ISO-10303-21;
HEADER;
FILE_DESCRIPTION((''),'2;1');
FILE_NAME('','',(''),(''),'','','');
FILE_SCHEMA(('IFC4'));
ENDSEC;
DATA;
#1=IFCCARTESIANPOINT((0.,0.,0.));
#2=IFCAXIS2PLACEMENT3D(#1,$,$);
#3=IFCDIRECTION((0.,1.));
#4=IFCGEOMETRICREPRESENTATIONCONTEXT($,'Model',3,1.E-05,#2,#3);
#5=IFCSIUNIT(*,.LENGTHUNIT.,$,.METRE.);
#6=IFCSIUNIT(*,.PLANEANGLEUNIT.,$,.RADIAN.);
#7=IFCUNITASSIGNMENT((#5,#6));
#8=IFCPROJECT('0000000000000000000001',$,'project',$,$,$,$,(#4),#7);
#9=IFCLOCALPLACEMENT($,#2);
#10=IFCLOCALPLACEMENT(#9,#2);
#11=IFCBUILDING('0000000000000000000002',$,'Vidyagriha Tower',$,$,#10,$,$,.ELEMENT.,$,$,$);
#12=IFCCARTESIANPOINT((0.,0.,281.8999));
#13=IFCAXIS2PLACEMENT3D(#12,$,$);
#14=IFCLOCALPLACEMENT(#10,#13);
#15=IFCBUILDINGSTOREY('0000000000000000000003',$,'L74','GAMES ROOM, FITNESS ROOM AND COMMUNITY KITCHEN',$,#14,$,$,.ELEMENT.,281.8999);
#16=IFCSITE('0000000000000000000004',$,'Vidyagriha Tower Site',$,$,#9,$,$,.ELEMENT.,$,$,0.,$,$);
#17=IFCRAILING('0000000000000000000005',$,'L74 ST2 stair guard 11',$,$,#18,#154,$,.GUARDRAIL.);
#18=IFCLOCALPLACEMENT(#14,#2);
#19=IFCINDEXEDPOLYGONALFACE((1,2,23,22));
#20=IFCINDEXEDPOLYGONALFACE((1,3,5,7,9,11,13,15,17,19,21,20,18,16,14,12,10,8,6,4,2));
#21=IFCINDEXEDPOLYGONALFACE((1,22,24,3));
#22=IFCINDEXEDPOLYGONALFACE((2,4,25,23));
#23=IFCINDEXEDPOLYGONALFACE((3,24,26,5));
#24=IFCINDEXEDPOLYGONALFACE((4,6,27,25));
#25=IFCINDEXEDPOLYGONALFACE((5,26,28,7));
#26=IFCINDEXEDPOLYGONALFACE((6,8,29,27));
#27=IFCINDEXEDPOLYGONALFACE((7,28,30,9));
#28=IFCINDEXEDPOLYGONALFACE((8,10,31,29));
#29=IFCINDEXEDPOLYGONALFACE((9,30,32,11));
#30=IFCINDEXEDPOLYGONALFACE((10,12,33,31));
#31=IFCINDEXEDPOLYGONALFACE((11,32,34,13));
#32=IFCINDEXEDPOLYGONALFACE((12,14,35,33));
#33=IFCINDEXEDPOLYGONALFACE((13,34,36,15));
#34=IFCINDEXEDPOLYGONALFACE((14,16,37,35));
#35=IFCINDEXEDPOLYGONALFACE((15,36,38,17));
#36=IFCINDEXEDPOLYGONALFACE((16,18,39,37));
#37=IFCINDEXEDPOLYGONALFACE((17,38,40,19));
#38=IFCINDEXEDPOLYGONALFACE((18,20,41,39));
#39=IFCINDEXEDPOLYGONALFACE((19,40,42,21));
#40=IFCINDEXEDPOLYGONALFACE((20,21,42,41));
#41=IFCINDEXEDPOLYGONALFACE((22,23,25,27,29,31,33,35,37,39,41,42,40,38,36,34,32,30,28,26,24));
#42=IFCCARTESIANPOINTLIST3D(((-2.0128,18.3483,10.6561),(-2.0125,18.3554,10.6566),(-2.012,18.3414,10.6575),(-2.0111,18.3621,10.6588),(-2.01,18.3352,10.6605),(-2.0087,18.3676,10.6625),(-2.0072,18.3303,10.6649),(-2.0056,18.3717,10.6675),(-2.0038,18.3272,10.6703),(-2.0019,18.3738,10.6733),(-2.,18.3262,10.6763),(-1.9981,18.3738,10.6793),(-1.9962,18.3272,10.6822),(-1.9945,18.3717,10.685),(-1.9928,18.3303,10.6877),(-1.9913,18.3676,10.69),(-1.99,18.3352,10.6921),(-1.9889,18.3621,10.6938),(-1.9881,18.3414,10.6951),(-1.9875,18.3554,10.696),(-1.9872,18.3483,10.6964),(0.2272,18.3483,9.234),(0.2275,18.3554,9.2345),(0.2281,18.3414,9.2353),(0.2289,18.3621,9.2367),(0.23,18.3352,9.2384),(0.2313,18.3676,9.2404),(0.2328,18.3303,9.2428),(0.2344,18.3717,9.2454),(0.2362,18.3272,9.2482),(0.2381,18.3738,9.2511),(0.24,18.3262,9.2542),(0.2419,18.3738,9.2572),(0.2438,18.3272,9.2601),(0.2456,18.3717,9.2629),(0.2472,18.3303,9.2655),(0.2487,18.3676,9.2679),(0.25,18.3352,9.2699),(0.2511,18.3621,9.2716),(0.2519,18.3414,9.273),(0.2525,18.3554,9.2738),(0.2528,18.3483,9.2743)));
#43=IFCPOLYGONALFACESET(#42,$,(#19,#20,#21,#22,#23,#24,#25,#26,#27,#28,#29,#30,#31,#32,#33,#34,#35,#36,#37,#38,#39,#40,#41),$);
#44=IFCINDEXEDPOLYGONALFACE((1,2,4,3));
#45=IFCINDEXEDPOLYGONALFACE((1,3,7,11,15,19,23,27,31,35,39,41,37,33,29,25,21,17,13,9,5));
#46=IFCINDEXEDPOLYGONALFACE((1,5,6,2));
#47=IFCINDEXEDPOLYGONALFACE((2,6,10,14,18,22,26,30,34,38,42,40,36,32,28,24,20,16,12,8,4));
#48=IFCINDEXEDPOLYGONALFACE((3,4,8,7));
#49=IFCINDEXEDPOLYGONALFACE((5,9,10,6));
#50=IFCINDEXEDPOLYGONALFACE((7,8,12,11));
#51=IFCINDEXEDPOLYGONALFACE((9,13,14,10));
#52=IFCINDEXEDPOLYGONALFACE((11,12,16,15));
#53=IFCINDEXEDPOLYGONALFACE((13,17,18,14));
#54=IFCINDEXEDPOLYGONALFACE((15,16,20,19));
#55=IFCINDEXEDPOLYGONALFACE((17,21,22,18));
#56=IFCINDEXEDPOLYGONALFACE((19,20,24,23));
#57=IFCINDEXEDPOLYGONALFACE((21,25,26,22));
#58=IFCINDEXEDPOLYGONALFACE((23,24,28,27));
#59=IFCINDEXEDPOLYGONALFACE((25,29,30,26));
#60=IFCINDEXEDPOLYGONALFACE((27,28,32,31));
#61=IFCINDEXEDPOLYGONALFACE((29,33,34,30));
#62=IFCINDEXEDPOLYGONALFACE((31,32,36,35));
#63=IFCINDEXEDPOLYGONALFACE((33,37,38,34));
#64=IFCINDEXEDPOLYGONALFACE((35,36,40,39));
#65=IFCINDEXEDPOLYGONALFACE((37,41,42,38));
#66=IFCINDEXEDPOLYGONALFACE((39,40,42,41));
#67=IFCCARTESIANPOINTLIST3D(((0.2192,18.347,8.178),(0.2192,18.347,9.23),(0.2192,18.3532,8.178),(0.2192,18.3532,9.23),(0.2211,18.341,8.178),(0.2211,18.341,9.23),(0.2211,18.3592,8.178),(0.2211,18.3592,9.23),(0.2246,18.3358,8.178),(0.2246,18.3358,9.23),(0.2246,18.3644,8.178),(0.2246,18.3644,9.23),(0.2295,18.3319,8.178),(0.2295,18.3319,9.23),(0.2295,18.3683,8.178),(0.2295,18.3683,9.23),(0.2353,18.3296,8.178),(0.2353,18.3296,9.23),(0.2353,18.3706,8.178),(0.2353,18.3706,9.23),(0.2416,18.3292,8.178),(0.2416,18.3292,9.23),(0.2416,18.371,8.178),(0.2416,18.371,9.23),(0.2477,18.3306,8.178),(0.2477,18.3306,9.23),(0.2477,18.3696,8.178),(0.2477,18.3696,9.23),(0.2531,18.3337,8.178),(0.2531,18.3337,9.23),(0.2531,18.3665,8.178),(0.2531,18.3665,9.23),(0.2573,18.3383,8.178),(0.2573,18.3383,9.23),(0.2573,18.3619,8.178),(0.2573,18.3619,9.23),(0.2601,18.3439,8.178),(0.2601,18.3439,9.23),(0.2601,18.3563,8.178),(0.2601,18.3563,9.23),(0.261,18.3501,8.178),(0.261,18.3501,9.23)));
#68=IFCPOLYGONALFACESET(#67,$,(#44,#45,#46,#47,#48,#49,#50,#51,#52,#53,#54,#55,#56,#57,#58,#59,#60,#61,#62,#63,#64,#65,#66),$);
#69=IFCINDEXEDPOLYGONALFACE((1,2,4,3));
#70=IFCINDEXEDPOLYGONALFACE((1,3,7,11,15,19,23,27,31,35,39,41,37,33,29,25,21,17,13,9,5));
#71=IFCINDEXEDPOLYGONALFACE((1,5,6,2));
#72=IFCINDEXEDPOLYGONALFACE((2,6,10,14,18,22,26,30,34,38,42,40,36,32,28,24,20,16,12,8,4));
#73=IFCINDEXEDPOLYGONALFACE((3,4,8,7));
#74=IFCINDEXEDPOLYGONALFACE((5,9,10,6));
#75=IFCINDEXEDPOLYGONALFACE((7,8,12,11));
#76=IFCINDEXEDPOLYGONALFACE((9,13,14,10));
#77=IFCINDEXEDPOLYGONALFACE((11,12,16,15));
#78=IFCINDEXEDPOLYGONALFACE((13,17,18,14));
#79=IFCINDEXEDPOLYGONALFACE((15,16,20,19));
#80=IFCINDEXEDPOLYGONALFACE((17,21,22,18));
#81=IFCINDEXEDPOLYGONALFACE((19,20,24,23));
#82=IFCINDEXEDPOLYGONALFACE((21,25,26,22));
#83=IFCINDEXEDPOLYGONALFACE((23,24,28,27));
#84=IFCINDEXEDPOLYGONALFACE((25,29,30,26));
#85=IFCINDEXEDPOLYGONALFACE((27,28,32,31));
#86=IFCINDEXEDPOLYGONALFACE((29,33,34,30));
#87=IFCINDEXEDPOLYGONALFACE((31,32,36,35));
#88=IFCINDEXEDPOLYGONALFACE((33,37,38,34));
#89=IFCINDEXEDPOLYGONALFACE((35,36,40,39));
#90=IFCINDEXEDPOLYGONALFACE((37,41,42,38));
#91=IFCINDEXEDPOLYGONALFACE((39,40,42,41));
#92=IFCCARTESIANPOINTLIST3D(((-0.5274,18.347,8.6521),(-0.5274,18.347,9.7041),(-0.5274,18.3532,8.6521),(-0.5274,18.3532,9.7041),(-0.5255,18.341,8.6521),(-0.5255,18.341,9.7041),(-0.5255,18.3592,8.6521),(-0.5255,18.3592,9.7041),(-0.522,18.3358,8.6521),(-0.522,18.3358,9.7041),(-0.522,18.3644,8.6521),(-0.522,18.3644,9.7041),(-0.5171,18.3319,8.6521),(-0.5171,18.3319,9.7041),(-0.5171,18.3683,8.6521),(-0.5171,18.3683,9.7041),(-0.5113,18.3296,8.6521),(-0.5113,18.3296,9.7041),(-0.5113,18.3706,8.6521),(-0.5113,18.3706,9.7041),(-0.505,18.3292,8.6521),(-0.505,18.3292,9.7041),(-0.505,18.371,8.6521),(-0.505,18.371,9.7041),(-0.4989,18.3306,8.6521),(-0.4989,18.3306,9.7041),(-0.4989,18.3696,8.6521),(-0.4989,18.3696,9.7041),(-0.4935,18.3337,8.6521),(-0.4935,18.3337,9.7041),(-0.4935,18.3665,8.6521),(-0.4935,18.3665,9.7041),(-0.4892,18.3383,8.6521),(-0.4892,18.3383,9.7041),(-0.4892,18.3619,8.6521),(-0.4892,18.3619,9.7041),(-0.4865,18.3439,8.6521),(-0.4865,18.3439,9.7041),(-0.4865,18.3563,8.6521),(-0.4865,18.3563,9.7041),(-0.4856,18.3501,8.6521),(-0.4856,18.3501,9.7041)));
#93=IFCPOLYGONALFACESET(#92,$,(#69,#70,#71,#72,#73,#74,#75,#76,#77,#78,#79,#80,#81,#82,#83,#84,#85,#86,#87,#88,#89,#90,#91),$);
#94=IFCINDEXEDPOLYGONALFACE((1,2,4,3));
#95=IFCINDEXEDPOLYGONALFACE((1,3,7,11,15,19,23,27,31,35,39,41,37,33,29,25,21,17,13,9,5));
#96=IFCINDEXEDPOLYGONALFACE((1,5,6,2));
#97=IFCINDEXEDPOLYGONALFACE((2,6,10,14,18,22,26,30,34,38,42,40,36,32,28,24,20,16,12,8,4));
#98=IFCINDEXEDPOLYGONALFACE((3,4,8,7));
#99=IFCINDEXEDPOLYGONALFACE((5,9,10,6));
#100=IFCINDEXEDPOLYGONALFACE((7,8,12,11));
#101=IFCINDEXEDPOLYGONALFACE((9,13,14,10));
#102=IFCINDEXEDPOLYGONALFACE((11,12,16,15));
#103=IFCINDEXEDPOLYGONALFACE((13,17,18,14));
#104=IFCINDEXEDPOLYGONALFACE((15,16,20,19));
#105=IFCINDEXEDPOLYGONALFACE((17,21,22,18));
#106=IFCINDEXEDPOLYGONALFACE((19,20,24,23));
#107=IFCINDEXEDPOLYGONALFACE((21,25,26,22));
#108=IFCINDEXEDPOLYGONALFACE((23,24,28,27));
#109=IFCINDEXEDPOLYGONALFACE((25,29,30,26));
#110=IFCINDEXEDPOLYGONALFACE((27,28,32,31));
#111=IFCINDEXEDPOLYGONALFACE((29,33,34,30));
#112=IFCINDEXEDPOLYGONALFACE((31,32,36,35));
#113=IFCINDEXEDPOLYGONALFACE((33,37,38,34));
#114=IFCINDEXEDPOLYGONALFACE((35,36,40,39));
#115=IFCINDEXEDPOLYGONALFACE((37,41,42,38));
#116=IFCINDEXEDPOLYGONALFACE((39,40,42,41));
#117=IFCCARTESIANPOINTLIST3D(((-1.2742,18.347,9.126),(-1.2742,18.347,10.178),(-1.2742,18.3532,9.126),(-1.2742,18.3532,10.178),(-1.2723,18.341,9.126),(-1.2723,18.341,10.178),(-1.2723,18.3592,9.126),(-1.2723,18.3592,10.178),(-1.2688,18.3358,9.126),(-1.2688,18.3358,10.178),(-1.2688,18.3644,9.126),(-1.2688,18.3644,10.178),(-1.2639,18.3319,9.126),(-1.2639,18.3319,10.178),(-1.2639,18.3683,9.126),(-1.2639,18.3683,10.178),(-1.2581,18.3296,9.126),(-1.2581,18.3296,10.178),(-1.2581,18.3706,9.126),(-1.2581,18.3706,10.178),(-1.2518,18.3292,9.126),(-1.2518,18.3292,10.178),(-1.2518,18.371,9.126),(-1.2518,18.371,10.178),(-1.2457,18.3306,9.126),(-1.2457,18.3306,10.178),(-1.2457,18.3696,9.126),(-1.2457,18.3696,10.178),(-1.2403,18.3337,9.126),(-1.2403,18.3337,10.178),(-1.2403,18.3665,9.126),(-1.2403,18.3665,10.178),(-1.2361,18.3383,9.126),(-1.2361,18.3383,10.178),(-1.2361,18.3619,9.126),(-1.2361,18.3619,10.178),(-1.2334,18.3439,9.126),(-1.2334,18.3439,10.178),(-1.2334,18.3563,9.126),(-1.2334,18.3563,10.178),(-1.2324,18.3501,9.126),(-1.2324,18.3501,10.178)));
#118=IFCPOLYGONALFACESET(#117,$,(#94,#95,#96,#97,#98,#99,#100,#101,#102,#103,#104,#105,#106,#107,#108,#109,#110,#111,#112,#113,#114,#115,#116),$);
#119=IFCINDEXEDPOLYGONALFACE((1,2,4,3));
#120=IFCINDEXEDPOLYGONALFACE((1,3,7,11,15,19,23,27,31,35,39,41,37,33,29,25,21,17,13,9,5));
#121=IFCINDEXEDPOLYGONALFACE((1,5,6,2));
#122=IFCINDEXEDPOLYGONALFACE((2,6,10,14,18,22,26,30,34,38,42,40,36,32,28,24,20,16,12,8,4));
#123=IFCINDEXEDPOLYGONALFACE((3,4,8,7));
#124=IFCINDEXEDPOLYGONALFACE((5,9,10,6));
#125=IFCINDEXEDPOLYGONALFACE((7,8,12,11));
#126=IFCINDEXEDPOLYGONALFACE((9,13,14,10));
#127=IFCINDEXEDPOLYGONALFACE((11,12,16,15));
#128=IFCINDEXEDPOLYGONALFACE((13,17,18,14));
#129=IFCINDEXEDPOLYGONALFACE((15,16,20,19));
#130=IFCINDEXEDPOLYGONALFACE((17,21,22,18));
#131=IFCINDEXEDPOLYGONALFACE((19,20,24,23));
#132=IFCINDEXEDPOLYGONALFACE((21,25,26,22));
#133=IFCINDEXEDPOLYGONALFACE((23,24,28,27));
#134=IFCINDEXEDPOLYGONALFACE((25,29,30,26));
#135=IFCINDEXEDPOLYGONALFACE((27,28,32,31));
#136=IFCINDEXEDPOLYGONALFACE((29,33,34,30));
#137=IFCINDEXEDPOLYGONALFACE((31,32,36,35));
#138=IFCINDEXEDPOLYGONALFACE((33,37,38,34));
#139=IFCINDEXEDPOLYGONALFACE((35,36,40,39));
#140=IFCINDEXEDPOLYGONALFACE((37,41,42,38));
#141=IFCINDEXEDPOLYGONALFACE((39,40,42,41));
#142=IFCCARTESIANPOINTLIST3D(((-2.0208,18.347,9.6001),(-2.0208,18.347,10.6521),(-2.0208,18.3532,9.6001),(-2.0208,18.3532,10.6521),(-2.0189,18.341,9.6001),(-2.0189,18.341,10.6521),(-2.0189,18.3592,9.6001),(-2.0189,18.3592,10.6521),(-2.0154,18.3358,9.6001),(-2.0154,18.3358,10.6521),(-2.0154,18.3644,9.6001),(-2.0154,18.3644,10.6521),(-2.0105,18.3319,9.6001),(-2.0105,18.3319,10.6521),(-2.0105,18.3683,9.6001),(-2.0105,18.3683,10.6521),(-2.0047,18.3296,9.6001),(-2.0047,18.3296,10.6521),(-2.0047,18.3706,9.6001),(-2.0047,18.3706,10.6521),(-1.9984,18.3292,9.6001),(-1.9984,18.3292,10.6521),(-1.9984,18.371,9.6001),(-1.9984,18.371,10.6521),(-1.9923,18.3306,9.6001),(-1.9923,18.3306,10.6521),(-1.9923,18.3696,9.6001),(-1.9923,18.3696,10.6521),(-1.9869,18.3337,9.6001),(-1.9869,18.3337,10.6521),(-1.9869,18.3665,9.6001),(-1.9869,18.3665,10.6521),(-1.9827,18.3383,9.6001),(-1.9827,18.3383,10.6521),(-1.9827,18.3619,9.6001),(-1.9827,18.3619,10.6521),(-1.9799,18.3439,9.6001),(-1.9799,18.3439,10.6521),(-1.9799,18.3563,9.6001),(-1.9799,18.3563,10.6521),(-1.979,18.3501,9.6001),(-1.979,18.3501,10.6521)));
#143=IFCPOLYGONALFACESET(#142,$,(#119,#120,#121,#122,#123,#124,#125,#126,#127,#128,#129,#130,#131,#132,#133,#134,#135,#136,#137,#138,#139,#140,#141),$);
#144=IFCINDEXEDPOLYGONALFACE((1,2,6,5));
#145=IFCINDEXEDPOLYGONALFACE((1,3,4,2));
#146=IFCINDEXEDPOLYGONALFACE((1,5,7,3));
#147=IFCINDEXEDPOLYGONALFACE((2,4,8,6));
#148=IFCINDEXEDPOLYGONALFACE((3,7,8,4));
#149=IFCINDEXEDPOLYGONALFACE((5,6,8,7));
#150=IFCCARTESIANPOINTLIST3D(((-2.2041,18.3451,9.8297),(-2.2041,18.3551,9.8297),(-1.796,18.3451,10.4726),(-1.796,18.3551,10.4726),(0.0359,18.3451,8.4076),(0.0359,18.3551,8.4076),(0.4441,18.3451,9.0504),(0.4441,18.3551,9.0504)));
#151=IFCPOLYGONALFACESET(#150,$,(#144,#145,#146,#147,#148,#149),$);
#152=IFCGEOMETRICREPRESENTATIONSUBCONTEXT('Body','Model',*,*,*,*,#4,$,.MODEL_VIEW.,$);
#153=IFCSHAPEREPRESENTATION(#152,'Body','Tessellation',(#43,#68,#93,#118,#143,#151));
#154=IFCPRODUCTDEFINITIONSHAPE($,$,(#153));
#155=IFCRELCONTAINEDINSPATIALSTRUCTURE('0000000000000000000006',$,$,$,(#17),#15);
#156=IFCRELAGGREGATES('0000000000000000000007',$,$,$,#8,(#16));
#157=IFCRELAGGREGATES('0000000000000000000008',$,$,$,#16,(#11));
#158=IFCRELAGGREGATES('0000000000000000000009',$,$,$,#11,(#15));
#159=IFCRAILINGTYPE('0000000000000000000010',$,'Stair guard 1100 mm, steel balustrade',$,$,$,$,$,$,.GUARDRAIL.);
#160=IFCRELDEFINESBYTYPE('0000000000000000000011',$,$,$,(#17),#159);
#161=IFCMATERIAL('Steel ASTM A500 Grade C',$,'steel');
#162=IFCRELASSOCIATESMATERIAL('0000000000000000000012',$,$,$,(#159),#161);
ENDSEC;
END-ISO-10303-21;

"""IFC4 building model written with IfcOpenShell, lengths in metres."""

from ifc_helpers import new_model, si_unit, direction, frame, origin, origin_2d, place, context, subcontext, project, spatial, rectangle, circle, extrude, material, type_object, element, save


model = new_model("IFC4")

# Units and contexts
model_context = context("Model", 3, precision=1e-05, world=origin(), true_north=direction((0.0, 1.0)))
body_context = subcontext(model_context, "Body", "Model", "MODEL_VIEW")
ifc_project = project(units=[si_unit("LENGTHUNIT", "METRE"), si_unit("PLANEANGLEUNIT", "RADIAN")], contexts=[model_context])

# Site, building, storey
site_placement = place(None, origin())
site = spatial("IfcSite", under=ifc_project, at=site_placement, Name="Vidyagriha Tower Site", CompositionType="ELEMENT", RefElevation=0.0)
building_placement = place(site_placement, origin())
building = spatial("IfcBuilding", under=site, at=building_placement, Name="Vidyagriha Tower", CompositionType="ELEMENT")
storey_placement = place(building_placement, frame((0.0, 0.0, 281.8999)))
storey = spatial("IfcBuildingStorey", under=building, at=storey_placement, Name="L74", Description="GAMES ROOM, FITNESS ROOM AND COMMUNITY KITCHEN", CompositionType="ELEMENT", Elevation=281.8999)

# Railing
ifc_material_1 = material(Name="Steel ASTM A500 Grade C", Category="steel")
railing_type_1 = type_object("IfcRailingType", Name="Stair guard 1100 mm, steel balustrade", PredefinedType="GUARDRAIL", material=ifc_material_1)
railing_1_placement = place(storey_placement, frame((0.24, 18.3501, 8.178)))
element("IfcRailing", 1, at=railing_1_placement, inside=storey, type_object=railing_type_1, Name="L74 ST2 stair guard 11", PredefinedType="GUARDRAIL", context=body_context, shape_type="SweptSolid", body=[
    extrude(circle(Radius=0.0239, at=origin_2d()), frame((0.0, 0.0, 1.0762), z_axis=(-0.844229, 0.0, 0.535982), x_axis=(0.0, -1.0, 0.0)), (0.0, 0.0, 1.0), 2.6533),
    extrude(circle(Radius=0.021, at=origin_2d()), origin(), (0.0, 0.0, 1.0), 1.052),
    extrude(circle(Radius=0.021, at=origin_2d()), frame((-0.7466, 0.0, 0.4741)), (0.0, 0.0, 1.0), 1.052),
    extrude(circle(Radius=0.021, at=origin_2d()), frame((-1.4934, 0.0, 0.948)), (0.0, 0.0, 1.0), 1.052),
    extrude(circle(Radius=0.021, at=origin_2d()), frame((-2.24, 0.0, 1.4221)), (0.0, 0.0, 1.0), 1.052),
    extrude(rectangle(XDim=0.01, YDim=0.7615, at=origin_2d()), frame((0.0, 0.0, 0.551), z_axis=(-0.844229, 0.0, 0.535982), x_axis=(0.0, -1.0, 0.0)), (0.0, 0.0, 1.0), 2.6533),
])

save(model, "model.ifc")
